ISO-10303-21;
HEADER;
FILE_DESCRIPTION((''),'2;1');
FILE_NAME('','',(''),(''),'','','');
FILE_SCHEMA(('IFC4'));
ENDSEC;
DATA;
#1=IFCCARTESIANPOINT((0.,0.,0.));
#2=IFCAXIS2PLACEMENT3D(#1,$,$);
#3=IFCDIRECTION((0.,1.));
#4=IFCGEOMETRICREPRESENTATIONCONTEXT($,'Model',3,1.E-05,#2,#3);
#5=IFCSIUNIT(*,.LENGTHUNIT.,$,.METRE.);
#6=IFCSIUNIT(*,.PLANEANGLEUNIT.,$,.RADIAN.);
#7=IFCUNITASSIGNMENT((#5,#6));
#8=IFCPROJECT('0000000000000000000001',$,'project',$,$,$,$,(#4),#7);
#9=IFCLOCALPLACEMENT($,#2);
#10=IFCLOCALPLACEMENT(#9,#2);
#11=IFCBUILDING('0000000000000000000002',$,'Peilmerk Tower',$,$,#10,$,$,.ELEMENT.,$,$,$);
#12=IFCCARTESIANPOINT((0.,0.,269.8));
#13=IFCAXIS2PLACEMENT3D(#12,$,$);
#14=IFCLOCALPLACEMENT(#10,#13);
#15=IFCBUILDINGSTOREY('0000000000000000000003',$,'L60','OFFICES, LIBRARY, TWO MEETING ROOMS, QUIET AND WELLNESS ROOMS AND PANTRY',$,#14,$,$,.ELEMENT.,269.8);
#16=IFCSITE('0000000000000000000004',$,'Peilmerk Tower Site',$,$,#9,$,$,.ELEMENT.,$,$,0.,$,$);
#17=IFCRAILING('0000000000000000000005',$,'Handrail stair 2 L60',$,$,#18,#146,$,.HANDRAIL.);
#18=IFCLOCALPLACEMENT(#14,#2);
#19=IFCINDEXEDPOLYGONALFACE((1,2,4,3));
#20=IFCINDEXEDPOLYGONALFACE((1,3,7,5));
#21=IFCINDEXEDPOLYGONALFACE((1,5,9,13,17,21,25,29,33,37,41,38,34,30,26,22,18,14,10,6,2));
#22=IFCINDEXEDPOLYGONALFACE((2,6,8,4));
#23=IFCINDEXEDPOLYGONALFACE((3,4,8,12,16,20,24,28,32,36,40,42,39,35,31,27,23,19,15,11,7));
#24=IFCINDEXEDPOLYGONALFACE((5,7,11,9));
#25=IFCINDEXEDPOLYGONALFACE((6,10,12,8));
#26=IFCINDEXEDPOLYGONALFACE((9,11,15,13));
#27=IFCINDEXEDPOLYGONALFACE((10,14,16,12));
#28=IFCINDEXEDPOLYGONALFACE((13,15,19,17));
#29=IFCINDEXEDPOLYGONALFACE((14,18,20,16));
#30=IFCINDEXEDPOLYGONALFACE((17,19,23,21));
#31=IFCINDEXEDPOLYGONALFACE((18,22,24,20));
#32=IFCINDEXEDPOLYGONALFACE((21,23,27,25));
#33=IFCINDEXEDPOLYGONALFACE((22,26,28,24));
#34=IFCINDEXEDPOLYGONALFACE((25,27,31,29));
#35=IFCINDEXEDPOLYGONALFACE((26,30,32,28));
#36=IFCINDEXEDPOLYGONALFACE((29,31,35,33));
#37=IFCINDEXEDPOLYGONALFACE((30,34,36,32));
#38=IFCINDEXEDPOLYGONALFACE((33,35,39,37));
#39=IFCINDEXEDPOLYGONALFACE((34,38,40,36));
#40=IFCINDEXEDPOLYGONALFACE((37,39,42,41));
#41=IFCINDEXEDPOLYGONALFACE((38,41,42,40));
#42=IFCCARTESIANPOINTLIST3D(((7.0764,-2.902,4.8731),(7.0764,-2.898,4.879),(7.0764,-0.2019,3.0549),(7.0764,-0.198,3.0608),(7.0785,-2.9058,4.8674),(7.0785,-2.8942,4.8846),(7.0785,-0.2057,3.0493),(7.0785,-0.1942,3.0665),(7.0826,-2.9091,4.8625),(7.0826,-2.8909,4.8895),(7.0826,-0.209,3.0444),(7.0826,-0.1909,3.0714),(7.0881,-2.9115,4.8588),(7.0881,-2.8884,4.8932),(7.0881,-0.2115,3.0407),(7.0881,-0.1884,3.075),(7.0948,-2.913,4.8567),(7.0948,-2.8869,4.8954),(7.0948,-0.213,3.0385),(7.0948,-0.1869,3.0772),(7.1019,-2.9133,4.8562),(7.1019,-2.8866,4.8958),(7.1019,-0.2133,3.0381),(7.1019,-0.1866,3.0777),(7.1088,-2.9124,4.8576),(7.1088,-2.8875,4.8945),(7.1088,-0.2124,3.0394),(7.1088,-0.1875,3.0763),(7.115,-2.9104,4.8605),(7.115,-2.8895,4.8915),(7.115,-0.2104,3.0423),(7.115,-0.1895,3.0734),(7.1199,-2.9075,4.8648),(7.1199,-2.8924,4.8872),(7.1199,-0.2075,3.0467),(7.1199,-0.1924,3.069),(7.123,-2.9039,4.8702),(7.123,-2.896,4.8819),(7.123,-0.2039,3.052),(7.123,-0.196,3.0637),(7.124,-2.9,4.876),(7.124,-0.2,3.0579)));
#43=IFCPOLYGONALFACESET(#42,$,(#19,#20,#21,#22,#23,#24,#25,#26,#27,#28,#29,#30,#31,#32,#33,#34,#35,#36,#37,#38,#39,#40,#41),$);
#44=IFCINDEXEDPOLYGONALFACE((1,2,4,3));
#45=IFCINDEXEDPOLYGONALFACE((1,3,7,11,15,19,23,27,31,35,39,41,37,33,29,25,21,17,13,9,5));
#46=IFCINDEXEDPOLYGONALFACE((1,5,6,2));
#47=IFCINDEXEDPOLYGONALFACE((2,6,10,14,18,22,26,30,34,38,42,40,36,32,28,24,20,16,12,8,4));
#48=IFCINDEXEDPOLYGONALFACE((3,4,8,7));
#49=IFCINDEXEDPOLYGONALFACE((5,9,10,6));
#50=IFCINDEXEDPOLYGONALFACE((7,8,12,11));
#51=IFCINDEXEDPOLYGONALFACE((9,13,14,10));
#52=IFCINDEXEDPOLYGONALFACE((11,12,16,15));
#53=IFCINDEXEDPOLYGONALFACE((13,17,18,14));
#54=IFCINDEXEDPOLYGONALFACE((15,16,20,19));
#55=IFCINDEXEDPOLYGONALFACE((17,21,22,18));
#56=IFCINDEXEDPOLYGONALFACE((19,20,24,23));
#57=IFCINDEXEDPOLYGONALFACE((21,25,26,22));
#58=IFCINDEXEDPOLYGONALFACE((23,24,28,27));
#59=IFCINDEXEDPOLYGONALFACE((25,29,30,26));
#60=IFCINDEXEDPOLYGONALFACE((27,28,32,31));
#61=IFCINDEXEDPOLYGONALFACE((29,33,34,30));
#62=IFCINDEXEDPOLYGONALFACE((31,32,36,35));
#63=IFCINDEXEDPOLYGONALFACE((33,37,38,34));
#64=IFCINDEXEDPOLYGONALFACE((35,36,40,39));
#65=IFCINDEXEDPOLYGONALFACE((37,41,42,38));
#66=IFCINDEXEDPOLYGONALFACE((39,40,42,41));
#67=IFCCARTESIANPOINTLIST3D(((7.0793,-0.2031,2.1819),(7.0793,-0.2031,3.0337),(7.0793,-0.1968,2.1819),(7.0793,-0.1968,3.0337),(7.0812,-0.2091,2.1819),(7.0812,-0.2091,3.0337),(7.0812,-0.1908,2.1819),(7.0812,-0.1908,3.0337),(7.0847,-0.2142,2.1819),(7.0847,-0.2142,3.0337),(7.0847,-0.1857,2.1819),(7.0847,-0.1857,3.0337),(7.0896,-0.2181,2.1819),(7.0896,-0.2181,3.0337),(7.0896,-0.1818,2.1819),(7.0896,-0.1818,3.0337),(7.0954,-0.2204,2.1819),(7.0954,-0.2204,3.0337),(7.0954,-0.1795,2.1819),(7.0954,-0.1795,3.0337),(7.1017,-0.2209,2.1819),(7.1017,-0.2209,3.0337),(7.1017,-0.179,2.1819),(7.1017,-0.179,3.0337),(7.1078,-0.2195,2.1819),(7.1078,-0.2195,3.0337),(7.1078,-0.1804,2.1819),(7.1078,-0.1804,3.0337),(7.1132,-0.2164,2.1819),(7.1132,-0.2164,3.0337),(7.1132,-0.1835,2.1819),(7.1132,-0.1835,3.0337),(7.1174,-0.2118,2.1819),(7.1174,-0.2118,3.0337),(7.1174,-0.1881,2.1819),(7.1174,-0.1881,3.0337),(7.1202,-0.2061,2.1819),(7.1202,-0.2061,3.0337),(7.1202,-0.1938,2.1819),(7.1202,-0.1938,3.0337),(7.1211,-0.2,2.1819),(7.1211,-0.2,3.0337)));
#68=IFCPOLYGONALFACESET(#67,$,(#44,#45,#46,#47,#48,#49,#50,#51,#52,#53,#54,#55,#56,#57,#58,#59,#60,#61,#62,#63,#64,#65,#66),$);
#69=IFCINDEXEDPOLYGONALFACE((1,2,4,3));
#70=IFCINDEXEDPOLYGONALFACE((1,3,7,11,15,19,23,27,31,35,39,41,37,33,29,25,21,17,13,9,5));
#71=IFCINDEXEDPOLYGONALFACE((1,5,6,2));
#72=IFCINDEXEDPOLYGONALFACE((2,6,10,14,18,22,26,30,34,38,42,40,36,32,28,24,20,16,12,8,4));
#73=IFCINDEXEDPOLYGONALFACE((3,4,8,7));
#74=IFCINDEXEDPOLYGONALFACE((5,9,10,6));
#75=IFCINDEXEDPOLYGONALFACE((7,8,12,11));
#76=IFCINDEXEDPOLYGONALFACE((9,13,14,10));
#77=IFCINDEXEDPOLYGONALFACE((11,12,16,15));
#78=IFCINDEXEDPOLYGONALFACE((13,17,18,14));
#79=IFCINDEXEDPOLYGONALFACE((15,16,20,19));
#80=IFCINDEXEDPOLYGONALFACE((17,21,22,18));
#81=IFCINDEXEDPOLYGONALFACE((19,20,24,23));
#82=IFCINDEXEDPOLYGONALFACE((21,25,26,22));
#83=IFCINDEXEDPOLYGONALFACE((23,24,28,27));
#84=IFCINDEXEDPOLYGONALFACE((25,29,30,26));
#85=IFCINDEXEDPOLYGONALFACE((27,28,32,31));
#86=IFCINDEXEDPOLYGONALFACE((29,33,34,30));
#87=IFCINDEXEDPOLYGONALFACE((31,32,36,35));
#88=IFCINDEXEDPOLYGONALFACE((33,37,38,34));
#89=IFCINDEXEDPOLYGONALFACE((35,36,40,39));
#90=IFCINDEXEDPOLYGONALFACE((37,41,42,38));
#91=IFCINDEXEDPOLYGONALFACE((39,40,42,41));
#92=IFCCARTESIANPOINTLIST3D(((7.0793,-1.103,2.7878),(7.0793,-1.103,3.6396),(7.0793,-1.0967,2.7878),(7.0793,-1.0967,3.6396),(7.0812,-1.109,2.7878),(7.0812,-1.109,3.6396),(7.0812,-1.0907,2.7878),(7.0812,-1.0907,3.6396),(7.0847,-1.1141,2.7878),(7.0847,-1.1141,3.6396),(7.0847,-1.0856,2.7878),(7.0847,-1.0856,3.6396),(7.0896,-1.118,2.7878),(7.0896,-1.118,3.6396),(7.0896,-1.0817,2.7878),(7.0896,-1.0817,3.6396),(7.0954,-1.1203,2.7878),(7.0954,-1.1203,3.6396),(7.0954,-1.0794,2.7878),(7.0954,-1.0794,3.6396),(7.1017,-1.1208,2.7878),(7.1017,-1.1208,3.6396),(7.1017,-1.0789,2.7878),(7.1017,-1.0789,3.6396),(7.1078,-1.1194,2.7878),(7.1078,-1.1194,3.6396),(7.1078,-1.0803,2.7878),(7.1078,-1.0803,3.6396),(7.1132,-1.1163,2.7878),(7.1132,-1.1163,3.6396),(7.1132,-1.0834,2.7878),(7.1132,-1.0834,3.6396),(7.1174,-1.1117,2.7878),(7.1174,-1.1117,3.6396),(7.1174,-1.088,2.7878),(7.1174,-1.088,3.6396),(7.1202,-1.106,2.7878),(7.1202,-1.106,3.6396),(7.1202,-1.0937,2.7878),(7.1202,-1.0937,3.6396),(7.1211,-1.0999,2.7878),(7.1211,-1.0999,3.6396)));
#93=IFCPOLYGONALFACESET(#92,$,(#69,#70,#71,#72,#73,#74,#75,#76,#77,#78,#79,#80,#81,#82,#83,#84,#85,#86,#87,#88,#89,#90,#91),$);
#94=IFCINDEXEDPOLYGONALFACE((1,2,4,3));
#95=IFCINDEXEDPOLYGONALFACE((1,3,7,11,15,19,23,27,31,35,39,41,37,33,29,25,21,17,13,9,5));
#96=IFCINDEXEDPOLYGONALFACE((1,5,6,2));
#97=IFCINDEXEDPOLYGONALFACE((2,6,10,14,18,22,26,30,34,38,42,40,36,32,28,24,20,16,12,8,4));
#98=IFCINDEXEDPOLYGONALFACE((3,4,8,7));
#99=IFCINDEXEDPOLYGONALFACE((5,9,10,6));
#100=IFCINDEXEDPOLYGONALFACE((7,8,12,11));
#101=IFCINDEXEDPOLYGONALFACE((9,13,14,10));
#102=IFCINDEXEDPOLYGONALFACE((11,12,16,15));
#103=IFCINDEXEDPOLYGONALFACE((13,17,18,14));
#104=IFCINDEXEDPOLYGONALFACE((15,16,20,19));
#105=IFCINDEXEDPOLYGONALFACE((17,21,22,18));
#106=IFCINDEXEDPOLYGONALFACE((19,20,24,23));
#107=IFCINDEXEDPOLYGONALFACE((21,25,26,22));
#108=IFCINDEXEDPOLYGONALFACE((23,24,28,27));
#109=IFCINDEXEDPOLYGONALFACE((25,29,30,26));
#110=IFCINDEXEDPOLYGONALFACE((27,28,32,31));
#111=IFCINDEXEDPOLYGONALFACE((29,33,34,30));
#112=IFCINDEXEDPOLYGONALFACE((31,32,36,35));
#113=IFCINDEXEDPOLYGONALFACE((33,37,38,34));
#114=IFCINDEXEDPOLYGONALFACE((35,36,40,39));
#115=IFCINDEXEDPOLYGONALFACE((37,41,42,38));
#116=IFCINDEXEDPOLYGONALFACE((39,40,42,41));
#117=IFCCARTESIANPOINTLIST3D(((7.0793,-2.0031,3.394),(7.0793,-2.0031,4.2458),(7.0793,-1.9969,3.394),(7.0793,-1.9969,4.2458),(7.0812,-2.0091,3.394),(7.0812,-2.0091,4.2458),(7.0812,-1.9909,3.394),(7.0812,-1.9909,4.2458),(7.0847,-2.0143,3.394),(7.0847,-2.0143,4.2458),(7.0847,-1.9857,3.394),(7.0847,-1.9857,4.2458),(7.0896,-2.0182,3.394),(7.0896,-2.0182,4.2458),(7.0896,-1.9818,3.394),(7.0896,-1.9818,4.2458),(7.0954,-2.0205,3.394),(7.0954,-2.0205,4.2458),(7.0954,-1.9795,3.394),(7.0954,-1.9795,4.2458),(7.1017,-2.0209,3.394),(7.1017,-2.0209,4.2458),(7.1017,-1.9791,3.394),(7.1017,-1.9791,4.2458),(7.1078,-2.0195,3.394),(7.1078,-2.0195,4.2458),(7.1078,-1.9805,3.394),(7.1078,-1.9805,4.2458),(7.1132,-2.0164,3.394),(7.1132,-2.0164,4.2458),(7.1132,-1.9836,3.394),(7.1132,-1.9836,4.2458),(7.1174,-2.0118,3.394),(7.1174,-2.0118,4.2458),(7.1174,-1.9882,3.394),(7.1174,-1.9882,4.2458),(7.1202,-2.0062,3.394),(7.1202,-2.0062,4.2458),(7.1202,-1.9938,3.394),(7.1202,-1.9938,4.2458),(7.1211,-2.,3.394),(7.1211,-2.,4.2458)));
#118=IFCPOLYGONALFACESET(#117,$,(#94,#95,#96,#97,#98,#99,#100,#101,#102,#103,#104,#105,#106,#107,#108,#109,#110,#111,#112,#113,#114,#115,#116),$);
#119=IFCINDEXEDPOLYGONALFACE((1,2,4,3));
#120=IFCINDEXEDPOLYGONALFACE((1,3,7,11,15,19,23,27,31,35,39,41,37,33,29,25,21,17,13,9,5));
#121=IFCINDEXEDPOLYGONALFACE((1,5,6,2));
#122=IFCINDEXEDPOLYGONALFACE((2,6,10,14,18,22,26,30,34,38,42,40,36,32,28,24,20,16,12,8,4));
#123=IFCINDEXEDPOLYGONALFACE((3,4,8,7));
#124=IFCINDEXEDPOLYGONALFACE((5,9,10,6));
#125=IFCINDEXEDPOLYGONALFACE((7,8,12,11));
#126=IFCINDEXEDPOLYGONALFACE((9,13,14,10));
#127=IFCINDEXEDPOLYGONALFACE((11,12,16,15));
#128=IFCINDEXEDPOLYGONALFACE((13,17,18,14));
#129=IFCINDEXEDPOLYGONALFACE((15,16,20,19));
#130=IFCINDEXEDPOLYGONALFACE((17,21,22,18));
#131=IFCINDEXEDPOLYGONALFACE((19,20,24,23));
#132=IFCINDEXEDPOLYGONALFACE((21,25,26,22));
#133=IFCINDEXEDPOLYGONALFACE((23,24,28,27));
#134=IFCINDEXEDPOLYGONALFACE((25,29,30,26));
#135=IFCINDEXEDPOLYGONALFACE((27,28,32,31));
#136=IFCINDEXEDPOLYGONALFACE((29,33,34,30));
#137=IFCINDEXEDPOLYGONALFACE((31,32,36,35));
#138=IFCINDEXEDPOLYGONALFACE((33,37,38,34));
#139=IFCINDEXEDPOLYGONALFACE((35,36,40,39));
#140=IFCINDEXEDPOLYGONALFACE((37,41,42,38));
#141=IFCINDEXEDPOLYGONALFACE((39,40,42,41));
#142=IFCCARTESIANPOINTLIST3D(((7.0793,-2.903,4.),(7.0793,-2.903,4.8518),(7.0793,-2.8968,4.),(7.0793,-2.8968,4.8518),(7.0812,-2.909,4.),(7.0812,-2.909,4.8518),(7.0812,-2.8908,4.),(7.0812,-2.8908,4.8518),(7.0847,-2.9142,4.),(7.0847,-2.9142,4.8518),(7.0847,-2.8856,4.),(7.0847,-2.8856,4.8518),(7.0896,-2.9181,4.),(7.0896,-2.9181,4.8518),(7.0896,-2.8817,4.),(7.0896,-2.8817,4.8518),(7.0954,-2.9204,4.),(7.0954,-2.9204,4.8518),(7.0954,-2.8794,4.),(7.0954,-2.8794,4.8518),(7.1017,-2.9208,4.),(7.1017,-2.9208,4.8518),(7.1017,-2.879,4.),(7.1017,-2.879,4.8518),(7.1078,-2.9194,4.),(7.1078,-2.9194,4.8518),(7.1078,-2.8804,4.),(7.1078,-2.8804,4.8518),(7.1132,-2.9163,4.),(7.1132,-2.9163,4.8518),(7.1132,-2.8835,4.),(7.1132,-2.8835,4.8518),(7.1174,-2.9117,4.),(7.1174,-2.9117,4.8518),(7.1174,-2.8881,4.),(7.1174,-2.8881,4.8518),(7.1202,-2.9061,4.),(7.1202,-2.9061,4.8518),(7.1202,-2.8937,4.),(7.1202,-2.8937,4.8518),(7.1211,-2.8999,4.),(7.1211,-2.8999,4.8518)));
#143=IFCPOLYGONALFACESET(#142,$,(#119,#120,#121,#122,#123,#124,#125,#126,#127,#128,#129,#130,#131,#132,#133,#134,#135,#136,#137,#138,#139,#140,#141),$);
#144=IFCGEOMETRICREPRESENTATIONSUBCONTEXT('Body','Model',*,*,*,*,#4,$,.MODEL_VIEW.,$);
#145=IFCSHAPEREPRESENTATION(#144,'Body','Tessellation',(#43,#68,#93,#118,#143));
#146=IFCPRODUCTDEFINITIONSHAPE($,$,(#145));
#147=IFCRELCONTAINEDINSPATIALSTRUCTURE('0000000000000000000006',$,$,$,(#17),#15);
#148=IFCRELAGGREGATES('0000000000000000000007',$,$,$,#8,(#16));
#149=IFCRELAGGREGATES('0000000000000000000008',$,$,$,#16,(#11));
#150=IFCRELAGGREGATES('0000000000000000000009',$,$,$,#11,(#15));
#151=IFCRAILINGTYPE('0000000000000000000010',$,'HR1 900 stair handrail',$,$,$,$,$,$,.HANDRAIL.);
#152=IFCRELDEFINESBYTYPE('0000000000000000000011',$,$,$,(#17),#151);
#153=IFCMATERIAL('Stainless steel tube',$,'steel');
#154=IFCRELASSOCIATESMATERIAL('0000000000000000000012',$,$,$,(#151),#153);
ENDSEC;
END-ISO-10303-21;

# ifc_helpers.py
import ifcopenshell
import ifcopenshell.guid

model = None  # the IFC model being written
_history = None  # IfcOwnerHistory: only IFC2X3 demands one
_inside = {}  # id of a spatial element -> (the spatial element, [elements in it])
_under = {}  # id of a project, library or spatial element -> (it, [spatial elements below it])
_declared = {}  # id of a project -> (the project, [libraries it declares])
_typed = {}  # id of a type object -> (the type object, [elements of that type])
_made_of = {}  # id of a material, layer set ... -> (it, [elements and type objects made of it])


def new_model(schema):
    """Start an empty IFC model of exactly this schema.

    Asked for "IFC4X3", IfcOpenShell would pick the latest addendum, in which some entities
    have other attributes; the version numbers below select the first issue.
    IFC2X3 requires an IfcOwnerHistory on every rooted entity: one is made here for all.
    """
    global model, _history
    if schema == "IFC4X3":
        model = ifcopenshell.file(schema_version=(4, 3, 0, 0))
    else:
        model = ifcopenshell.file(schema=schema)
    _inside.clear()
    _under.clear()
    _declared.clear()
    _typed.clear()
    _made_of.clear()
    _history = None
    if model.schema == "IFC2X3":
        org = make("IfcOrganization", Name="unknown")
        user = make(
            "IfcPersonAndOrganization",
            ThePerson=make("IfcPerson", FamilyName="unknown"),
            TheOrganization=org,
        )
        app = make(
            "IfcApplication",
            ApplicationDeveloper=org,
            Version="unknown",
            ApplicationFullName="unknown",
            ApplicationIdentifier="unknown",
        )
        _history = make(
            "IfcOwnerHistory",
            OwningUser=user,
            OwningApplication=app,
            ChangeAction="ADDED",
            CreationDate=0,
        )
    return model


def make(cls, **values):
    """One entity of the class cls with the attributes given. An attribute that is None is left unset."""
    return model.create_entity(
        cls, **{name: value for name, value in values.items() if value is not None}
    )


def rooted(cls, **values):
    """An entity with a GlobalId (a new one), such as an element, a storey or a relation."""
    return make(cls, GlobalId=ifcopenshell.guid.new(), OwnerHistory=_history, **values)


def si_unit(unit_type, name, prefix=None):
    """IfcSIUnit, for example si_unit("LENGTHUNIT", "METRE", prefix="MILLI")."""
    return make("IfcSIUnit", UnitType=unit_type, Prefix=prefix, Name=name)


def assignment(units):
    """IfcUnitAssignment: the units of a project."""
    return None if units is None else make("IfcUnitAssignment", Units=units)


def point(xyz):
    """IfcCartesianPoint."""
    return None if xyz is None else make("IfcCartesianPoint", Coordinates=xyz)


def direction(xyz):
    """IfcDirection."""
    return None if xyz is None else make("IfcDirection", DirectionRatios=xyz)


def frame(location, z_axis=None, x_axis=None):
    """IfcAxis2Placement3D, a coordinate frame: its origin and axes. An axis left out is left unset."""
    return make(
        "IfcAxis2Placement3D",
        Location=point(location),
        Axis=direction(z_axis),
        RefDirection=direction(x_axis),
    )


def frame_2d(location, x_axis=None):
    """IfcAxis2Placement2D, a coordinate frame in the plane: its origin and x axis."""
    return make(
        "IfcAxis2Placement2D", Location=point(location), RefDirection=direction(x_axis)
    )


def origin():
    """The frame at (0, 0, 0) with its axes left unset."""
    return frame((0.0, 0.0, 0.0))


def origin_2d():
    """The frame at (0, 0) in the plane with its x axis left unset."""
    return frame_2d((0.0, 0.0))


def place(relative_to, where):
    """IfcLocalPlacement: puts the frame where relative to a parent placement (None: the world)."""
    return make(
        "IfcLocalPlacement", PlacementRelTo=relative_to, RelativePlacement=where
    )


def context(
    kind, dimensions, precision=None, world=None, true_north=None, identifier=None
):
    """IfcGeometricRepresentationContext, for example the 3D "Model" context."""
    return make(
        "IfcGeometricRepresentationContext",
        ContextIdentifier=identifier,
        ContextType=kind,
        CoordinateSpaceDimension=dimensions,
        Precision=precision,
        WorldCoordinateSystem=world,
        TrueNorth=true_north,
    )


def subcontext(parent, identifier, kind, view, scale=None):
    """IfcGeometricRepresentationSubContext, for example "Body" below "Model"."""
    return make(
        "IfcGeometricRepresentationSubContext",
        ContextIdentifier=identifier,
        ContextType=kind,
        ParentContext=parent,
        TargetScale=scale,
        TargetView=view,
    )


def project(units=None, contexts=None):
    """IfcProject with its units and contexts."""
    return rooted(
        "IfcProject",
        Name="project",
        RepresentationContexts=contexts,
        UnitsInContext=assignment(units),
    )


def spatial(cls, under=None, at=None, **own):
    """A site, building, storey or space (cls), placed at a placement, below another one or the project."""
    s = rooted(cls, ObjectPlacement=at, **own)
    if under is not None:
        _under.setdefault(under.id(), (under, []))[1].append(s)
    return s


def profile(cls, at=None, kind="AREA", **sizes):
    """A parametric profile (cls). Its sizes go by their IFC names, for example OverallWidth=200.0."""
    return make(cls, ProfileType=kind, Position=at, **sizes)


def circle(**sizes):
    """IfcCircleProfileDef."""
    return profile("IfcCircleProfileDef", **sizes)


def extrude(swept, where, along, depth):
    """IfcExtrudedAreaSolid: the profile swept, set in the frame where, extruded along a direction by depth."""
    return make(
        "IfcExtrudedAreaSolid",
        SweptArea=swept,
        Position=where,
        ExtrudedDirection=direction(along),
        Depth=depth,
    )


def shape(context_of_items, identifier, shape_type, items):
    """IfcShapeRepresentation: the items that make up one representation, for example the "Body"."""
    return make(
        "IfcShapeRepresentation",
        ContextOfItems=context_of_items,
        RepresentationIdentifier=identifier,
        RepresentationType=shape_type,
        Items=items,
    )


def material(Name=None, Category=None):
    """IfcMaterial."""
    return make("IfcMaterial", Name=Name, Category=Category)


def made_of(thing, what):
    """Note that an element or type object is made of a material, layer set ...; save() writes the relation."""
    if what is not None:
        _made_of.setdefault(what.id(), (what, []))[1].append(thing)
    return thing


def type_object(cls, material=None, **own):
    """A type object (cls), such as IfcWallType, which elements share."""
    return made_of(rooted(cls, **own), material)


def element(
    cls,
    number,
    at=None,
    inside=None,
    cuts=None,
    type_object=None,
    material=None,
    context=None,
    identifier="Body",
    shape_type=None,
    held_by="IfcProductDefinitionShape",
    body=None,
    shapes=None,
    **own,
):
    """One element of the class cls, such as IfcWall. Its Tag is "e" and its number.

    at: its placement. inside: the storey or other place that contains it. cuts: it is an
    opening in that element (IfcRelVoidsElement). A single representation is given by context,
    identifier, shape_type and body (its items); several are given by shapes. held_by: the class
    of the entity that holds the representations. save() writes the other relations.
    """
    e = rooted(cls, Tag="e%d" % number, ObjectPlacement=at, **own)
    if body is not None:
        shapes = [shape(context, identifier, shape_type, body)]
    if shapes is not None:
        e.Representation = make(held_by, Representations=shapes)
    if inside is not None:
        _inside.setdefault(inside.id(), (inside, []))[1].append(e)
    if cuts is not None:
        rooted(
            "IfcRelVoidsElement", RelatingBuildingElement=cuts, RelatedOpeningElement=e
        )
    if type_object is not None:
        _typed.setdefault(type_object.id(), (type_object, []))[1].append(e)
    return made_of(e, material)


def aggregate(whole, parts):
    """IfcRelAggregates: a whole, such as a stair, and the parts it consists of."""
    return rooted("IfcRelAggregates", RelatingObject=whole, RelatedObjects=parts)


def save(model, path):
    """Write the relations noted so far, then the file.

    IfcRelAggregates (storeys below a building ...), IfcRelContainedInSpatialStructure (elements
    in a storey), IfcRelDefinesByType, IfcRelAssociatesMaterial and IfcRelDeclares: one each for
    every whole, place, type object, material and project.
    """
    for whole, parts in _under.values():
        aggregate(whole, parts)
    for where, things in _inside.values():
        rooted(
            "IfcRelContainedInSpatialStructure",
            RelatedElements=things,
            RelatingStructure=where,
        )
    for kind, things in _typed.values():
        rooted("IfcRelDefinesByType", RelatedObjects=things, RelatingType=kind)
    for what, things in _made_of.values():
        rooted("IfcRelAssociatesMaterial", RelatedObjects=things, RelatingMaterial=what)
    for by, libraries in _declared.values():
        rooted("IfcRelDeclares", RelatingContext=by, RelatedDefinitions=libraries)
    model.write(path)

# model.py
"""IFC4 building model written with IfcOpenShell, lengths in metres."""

from ifc_helpers import new_model, si_unit, direction, frame, origin, origin_2d, place, context, subcontext, project, spatial, circle, extrude, material, type_object, element, save


model = new_model("IFC4")

# Units and contexts
model_context = context("Model", 3, precision=1e-05, world=origin(), true_north=direction((0.0, 1.0)))
body_context = subcontext(model_context, "Body", "Model", "MODEL_VIEW")
ifc_project = project(units=[si_unit("LENGTHUNIT", "METRE"), si_unit("PLANEANGLEUNIT", "RADIAN")], contexts=[model_context])

# Site, building, storey
site_placement = place(None, origin())
site = spatial("IfcSite", under=ifc_project, at=site_placement, Name="Peilmerk Tower Site", CompositionType="ELEMENT", RefElevation=0.0)
building_placement = place(site_placement, origin())
building = spatial("IfcBuilding", under=site, at=building_placement, Name="Peilmerk Tower", CompositionType="ELEMENT")
storey_placement = place(building_placement, frame((0.0, 0.0, 269.8)))
storey = spatial("IfcBuildingStorey", under=building, at=storey_placement, Name="L60", Description="OFFICES, LIBRARY, TWO MEETING ROOMS, QUIET AND WELLNESS ROOMS AND PANTRY", CompositionType="ELEMENT", Elevation=269.8)

# Railing
ifc_material_1 = material(Name="Stainless steel tube", Category="steel")
railing_type_1 = type_object("IfcRailingType", Name="HR1 900 stair handrail", PredefinedType="HANDRAIL", material=ifc_material_1)
railing_1_placement = place(storey_placement, frame((7.1001, -0.2, 2.1819)))
element("IfcRailing", 1, at=railing_1_placement, inside=storey, type_object=railing_type_1, Name="Handrail stair 2 L60", PredefinedType="HANDRAIL", context=body_context, shape_type="SweptSolid", body=[
    extrude(circle(Radius=0.0239, at=origin_2d()), frame((0.0, 0.0, 0.876), z_axis=(0.0, -0.829468, 0.558554), x_axis=(1.0, 0.0, 0.0)), (0.0, 0.0, 1.0), 3.2551),
    extrude(circle(Radius=0.021, at=origin_2d()), origin(), (0.0, 0.0, 1.0), 0.8518),
    extrude(circle(Radius=0.021, at=origin_2d()), frame((0.0, -0.8999, 0.606)), (0.0, 0.0, 1.0), 0.8518),
    extrude(circle(Radius=0.021, at=origin_2d()), frame((0.0, -1.8, 1.2122)), (0.0, 0.0, 1.0), 0.8518),
    extrude(circle(Radius=0.021, at=origin_2d()), frame((0.0, -2.7, 1.8181)), (0.0, 0.0, 1.0), 0.8518),
])

save(model, "model.ifc")
